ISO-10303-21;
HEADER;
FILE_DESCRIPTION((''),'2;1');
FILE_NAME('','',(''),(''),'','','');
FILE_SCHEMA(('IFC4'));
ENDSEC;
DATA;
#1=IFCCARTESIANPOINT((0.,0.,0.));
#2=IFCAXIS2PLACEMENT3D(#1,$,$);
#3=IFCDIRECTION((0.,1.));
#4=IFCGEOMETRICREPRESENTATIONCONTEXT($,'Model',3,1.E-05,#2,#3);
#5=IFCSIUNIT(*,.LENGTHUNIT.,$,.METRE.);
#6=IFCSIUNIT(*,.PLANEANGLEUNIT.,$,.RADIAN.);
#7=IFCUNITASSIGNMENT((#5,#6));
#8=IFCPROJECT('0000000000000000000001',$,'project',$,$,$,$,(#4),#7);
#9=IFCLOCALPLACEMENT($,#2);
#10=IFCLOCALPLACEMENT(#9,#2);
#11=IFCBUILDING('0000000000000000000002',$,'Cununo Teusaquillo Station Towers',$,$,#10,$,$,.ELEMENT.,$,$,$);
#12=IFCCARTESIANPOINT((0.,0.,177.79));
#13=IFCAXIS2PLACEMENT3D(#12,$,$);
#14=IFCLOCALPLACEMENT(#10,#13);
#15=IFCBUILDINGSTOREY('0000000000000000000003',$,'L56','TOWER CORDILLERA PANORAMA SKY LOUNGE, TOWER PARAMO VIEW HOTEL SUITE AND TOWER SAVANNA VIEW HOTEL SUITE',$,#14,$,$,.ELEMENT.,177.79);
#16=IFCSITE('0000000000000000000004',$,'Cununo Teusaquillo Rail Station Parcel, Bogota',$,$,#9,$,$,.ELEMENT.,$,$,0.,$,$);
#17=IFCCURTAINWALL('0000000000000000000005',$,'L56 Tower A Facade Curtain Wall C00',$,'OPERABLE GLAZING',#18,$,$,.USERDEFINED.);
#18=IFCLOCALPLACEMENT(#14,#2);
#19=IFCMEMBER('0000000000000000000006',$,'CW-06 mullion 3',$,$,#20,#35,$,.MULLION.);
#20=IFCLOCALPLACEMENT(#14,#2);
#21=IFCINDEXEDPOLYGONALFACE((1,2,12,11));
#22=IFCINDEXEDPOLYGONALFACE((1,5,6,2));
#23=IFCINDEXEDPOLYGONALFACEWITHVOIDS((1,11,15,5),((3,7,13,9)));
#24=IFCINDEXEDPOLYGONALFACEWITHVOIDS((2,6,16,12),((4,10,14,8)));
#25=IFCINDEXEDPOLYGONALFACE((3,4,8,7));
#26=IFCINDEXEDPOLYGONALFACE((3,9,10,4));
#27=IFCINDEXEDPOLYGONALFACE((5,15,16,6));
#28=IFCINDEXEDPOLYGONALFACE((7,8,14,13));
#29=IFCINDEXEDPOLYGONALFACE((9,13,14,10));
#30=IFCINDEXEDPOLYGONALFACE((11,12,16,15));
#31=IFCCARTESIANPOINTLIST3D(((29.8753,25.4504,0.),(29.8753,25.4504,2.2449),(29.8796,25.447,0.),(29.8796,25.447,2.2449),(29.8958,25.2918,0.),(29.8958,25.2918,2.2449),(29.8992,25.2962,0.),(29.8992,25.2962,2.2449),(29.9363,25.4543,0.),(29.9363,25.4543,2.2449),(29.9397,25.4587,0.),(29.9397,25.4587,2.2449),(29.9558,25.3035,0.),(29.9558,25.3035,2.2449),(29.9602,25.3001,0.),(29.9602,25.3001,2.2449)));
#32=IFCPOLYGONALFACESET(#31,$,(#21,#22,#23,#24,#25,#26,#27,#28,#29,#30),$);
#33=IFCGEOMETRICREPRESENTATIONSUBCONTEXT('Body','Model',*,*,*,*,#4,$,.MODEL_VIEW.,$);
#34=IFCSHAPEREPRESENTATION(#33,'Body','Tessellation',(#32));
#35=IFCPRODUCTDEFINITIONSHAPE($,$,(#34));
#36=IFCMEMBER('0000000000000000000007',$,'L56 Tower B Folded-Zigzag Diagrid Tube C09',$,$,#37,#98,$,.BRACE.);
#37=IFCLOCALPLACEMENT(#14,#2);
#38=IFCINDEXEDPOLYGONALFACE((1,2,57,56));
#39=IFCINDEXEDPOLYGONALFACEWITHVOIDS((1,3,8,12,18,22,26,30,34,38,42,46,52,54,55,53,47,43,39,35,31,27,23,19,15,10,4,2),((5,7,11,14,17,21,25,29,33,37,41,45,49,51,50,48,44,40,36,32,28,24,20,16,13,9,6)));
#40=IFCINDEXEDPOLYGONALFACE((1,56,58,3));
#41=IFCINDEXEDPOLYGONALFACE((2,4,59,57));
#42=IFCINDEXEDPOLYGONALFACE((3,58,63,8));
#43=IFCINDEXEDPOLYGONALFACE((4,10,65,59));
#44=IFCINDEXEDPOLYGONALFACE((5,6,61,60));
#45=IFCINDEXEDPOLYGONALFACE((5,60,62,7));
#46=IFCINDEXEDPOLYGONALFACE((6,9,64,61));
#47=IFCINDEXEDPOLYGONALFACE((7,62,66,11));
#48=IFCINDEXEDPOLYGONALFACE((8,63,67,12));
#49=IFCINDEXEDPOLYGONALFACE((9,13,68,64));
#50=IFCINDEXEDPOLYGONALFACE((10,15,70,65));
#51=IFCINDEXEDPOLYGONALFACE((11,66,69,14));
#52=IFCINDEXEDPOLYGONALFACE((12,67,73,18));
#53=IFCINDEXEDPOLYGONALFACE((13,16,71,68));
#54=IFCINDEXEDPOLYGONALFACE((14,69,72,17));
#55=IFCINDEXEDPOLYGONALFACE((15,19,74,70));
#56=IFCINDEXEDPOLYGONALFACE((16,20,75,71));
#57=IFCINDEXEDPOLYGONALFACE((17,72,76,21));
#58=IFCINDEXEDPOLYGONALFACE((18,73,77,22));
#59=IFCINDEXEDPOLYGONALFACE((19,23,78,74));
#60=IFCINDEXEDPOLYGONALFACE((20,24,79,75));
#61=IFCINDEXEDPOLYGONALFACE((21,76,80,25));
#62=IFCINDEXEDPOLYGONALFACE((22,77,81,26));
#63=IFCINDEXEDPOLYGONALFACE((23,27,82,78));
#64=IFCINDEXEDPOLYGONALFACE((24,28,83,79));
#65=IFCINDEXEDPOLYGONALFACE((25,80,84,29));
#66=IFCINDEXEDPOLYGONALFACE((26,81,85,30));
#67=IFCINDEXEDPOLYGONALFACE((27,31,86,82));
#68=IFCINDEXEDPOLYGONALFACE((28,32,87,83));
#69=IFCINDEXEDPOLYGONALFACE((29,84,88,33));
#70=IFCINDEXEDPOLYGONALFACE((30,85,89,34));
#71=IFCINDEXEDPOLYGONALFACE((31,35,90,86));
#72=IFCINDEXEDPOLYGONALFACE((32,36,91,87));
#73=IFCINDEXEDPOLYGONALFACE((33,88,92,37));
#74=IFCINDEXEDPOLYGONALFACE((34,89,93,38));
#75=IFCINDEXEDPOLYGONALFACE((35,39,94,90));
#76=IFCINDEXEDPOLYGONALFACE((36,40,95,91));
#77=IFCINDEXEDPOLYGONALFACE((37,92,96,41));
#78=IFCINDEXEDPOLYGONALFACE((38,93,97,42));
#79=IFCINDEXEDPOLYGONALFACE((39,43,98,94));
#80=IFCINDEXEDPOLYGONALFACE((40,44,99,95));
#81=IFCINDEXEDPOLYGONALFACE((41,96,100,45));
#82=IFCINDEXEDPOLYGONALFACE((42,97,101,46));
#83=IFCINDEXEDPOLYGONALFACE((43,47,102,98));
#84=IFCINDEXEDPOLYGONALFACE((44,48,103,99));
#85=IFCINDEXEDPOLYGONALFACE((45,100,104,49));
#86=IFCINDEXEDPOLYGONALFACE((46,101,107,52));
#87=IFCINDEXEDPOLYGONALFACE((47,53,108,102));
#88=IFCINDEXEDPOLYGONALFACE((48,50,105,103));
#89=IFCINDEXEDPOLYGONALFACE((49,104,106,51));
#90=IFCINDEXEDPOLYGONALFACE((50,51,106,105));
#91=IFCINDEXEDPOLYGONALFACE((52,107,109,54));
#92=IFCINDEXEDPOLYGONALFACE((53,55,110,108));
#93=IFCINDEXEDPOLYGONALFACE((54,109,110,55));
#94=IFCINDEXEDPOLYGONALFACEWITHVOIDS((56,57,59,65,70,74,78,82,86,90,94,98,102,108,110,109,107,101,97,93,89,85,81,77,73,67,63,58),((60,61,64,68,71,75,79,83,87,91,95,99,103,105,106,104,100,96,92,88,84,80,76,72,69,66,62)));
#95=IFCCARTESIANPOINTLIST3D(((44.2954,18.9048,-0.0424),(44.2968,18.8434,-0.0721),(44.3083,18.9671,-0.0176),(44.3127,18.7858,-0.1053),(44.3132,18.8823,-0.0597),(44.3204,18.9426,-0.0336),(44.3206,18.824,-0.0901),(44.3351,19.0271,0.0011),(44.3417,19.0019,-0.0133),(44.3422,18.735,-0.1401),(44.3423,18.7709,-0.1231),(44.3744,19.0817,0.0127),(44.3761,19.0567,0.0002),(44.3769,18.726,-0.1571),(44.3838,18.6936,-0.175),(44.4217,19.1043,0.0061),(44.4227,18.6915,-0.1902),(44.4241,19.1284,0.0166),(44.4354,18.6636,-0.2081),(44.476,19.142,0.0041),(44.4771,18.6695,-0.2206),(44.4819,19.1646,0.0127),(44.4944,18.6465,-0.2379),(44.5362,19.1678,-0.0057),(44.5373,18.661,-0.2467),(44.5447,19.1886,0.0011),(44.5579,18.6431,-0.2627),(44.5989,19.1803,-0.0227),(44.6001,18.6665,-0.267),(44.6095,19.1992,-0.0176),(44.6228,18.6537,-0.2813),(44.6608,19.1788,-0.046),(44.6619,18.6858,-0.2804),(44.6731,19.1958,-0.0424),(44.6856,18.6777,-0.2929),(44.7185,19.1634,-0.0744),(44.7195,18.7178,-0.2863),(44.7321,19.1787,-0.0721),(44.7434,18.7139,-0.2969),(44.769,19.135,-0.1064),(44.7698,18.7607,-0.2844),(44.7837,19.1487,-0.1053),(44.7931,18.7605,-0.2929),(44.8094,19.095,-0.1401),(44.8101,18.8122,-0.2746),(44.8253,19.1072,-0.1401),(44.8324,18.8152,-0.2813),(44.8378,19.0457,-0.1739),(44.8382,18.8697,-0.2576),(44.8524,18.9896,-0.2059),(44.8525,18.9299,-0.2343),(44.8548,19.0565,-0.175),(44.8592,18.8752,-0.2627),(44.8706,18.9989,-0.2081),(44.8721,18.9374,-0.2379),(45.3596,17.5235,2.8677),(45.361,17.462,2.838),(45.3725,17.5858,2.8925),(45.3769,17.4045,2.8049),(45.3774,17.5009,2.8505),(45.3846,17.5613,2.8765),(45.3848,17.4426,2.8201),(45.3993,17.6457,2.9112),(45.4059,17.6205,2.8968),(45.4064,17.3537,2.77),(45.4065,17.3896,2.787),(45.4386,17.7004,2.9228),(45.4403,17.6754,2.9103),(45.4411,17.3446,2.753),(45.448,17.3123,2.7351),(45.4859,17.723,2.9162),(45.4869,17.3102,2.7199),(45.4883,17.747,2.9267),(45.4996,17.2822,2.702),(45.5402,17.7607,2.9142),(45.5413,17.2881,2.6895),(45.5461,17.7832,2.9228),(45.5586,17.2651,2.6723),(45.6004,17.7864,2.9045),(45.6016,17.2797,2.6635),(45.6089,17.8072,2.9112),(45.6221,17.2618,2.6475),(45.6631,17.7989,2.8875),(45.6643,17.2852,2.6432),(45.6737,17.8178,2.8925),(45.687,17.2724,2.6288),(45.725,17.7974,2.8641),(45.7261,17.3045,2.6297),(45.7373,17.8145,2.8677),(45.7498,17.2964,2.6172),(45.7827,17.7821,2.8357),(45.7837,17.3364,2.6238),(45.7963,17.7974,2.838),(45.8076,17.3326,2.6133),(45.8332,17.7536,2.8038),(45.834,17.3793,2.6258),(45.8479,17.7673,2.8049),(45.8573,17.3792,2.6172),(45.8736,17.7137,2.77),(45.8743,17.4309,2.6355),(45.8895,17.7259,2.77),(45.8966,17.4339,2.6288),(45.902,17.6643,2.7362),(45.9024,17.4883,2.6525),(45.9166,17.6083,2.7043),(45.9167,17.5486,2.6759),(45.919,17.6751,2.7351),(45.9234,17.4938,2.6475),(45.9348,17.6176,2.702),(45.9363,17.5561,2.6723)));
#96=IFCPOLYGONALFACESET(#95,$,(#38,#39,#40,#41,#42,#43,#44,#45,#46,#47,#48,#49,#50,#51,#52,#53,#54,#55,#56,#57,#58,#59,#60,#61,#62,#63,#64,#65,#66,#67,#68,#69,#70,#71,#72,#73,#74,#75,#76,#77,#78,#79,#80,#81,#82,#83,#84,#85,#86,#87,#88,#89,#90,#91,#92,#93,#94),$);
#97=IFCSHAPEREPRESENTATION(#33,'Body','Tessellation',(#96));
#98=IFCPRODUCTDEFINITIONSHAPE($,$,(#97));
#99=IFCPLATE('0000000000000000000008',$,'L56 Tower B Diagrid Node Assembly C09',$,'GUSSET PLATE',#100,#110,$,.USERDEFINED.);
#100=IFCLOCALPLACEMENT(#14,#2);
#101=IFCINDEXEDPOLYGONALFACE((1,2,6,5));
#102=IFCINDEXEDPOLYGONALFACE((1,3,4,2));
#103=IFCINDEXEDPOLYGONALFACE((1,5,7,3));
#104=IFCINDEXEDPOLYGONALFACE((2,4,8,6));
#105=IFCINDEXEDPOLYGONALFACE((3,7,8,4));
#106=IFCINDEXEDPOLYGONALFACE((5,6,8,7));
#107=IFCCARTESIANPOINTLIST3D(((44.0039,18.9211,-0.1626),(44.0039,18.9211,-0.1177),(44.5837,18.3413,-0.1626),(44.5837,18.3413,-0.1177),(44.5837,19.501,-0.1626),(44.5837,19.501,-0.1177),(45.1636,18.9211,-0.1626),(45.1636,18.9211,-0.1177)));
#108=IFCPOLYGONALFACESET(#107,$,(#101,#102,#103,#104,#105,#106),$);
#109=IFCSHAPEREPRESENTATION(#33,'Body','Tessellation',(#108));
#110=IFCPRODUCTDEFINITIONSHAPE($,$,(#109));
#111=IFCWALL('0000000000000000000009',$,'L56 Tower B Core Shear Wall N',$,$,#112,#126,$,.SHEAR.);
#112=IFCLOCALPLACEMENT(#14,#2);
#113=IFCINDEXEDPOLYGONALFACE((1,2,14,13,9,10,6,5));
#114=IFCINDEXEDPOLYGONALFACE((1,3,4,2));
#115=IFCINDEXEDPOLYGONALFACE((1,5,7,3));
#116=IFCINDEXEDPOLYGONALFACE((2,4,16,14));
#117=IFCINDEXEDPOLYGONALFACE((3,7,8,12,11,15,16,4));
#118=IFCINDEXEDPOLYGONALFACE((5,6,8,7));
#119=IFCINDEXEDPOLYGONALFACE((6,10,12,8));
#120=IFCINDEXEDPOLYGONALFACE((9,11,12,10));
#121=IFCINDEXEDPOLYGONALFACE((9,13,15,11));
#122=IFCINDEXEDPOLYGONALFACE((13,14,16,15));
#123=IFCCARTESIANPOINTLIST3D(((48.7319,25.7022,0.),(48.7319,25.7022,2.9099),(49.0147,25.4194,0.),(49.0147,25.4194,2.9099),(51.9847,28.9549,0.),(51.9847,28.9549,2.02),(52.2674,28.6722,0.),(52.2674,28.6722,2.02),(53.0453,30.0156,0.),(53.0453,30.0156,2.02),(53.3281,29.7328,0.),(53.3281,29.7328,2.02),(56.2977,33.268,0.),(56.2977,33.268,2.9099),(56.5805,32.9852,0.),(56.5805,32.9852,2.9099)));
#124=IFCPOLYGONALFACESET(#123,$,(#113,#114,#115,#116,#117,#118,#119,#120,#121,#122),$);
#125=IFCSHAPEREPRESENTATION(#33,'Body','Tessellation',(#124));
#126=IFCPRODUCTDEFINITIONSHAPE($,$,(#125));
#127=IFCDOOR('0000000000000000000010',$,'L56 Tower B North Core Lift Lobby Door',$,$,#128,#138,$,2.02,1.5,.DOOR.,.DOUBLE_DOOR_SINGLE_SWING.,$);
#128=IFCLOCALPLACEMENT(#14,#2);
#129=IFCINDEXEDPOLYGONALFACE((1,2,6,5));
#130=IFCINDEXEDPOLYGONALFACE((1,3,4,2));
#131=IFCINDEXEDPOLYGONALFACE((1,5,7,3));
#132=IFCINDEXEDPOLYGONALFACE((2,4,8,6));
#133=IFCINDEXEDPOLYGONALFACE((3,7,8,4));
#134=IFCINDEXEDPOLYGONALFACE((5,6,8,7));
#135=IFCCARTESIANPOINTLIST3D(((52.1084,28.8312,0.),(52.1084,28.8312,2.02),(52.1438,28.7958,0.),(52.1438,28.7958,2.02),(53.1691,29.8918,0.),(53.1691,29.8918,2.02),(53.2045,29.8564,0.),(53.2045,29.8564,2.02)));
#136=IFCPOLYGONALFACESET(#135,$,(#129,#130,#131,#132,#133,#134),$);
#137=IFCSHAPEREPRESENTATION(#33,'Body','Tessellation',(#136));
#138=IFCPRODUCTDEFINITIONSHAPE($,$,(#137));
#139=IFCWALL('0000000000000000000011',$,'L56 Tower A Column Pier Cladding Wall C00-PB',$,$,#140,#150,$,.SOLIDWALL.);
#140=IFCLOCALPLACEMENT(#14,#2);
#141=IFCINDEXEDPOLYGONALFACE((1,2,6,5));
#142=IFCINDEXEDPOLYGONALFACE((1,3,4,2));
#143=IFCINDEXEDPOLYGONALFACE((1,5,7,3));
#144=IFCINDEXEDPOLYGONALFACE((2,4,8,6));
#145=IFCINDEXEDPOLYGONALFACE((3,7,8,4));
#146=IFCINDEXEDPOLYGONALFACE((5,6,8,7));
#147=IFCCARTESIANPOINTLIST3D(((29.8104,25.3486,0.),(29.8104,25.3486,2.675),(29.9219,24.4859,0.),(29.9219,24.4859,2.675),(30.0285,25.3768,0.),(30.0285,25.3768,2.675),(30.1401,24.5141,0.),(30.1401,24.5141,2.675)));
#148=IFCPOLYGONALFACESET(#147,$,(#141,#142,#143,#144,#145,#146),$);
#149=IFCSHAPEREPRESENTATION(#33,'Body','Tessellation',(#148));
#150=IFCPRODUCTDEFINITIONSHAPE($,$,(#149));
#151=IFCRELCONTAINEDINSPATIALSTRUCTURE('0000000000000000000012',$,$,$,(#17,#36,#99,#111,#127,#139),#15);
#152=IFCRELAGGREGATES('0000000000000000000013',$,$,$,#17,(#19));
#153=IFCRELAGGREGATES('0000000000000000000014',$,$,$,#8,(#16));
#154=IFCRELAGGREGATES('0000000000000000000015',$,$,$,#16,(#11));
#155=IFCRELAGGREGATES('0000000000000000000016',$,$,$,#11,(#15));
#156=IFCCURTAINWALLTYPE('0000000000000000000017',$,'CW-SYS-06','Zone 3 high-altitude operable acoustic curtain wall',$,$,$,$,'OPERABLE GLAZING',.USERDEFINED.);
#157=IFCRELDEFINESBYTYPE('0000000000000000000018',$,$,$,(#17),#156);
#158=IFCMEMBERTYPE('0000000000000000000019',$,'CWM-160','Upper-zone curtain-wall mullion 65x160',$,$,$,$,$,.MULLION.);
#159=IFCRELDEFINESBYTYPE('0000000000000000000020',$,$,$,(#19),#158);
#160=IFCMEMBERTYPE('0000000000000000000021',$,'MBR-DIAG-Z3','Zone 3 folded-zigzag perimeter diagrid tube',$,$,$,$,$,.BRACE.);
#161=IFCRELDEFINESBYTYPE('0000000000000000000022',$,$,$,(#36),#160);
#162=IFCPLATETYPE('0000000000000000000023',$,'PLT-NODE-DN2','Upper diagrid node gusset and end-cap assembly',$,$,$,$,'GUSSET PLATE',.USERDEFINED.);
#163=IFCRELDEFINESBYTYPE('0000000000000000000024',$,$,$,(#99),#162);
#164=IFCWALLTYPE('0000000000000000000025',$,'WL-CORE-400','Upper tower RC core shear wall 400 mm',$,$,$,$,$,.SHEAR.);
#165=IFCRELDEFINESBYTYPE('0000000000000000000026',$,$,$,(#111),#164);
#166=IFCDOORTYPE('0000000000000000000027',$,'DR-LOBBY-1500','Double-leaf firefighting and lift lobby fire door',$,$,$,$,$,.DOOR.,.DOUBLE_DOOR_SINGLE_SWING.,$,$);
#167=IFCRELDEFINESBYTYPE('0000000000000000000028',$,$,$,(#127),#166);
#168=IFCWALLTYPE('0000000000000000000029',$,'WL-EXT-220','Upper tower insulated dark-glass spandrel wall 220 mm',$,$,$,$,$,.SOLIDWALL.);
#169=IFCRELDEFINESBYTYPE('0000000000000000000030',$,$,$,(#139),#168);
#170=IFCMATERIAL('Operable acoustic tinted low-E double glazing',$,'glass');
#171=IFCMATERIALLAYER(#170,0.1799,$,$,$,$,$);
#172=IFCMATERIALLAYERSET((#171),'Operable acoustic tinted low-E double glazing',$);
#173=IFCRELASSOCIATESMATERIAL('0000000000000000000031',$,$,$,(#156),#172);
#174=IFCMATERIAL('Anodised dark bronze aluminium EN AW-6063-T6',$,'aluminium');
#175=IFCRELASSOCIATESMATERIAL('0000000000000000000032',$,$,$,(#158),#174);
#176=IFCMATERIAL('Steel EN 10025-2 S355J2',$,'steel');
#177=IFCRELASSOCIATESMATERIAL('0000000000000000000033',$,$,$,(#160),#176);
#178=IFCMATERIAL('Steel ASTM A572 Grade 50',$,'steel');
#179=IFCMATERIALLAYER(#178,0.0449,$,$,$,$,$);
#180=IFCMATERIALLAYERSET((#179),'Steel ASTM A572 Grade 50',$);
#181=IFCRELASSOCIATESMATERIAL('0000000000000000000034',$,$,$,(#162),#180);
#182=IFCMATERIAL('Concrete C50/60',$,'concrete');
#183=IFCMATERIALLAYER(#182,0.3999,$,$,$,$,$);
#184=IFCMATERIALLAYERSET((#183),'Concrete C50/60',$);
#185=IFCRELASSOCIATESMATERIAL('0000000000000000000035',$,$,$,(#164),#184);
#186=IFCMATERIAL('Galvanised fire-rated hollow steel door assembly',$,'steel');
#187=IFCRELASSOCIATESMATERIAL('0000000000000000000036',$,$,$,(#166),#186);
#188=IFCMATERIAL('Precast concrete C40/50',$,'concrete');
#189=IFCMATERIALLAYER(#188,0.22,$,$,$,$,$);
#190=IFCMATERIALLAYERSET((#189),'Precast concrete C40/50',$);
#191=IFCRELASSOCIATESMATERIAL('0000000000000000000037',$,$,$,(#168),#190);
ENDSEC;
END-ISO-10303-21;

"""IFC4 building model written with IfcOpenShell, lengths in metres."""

from ifc_helpers import new_model, si_unit, direction, frame, frame_2d, origin, origin_2d, place, context, subcontext, project, spatial, rectangle, hollow_rectangle, hollow_circle, extrude, source, transform, mapped, material, layer, layer_set, material_profile, profile_set, type_object, element, fill, aggregate, save


model = new_model("IFC4")

# Units and contexts
model_context = context("Model", 3, precision=1e-05, world=origin(), true_north=direction((0.0, 1.0)))
body_context = subcontext(model_context, "Body", "Model", "MODEL_VIEW")
ifc_project = project(units=[si_unit("LENGTHUNIT", "METRE"), si_unit("PLANEANGLEUNIT", "RADIAN")], contexts=[model_context])

# Site, building, storey
site_placement = place(None, origin())
site = spatial("IfcSite", under=ifc_project, at=site_placement, Name="Cununo Teusaquillo Rail Station Parcel, Bogota", CompositionType="ELEMENT", RefElevation=0.0)
building_placement = place(site_placement, origin())
building = spatial("IfcBuilding", under=site, at=building_placement, Name="Cununo Teusaquillo Station Towers", CompositionType="ELEMENT")
storey_placement = place(building_placement, frame((0.0, 0.0, 177.79)))
storey = spatial("IfcBuildingStorey", under=building, at=storey_placement, Name="L56", Description="TOWER CORDILLERA PANORAMA SKY LOUNGE, TOWER PARAMO VIEW HOTEL SUITE AND TOWER SAVANNA VIEW HOTEL SUITE", CompositionType="ELEMENT", Elevation=177.79)

# Curtain wall, member
ifc_material_1 = material(Name="Operable acoustic tinted low-E double glazing", Category="glass")
ifc_layer_1 = layer(ifc_material_1, 0.1799)
ifc_layer_set_1 = layer_set([ifc_layer_1], Name="Operable acoustic tinted low-E double glazing")
curtain_wall_type = type_object("IfcCurtainWallType", Name="CW-SYS-06", Description="Zone 3 high-altitude operable acoustic curtain wall", ElementType="OPERABLE GLAZING", PredefinedType="USERDEFINED", material=ifc_layer_set_1)
curtain_wall_placement = place(storey_placement, origin())
curtain_wall = element("IfcCurtainWall", 1, at=curtain_wall_placement, inside=storey, type_object=curtain_wall_type, Name="L56 Tower A Facade Curtain Wall C00", ObjectType="OPERABLE GLAZING", PredefinedType="USERDEFINED")
ifc_material_2 = material(Name="Anodised dark bronze aluminium EN AW-6063-T6", Category="aluminium")
ifc_material_profile_1 = material_profile(ifc_material_2, hollow_rectangle(XDim=0.0649, YDim=0.1599, WallThickness=0.0039, at=origin_2d()), Name="CW-MULL-65x160")
ifc_profile_set_1 = profile_set([ifc_material_profile_1], Name="Anodised dark bronze aluminium EN AW-6063-T6")
member_type_1 = type_object("IfcMemberType", Name="CWM-160", Description="Upper-zone curtain-wall mullion 65x160", PredefinedType="MULLION", material=ifc_profile_set_1)
member_1_placement = place(storey_placement, frame((29.9177, 25.3752, 0.0), z_axis=(0.0, 0.0, 1.0), x_axis=(0.991737, 0.128285, 0.0)))
member_1 = element("IfcMember", 2, at=member_1_placement, type_object=member_type_1, Name="CW-06 mullion 3", PredefinedType="MULLION", context=body_context, shape_type="SweptSolid", body=[
    extrude(hollow_rectangle(XDim=0.0649, YDim=0.1599, WallThickness=0.0039, at=origin_2d()), origin(), (0.0, 0.0, 1.0), 2.2449),
])
aggregate(curtain_wall, [member_1])

# Member
ifc_material_3 = material(Name="Steel EN 10025-2 S355J2", Category="steel")
ifc_material_profile_2 = material_profile(ifc_material_3, hollow_circle(Radius=0.3049, WallThickness=0.02, at=origin_2d()), Name="CHS 610x20")
ifc_profile_set_2 = profile_set([ifc_material_profile_2], Name="Steel EN 10025-2 S355J2")
member_type_2 = type_object("IfcMemberType", Name="MBR-DIAG-Z3", Description="Zone 3 folded-zigzag perimeter diagrid tube", PredefinedType="BRACE", material=ifc_profile_set_2)
member_2_placement = place(storey_placement, frame((44.5837, 18.9211, -0.1401), z_axis=(0.313686, -0.407166, 0.857798), x_axis=(0.792171, 0.610299, 0.0)))
element("IfcMember", 3, at=member_2_placement, inside=storey, type_object=member_type_2, Name="L56 Tower B Folded-Zigzag Diagrid Tube C09", PredefinedType="BRACE", context=body_context, shape_type="SweptSolid", body=[
    extrude(hollow_circle(Radius=0.3049, WallThickness=0.02, at=origin_2d()), origin(), (0.0, 0.0, 1.0), 3.3926),
])

# Plate
ifc_material_4 = material(Name="Steel ASTM A572 Grade 50", Category="steel")
ifc_layer_2 = layer(ifc_material_4, 0.0449)
ifc_layer_set_2 = layer_set([ifc_layer_2], Name="Steel ASTM A572 Grade 50")
plate_type = type_object("IfcPlateType", Name="PLT-NODE-DN2", Description="Upper diagrid node gusset and end-cap assembly", ElementType="GUSSET PLATE", PredefinedType="USERDEFINED", material=ifc_layer_set_2)
shared_shape_1 = source(origin(), body_context, "Body", "SweptSolid", [
    extrude(rectangle(XDim=0.8201, YDim=0.8201, at=origin_2d()), origin(), (0.0, 0.0, 1.0), 0.0449),
])
plate_placement = place(storey_placement, frame((44.5837, 18.9211, -0.1626), z_axis=(0.0, 0.0, 1.0), x_axis=(0.707107, 0.707107, 0.0)))
element("IfcPlate", 4, at=plate_placement, inside=storey, type_object=plate_type, Name="L56 Tower B Diagrid Node Assembly C09", ObjectType="GUSSET PLATE", PredefinedType="USERDEFINED", context=body_context, shape_type="MappedRepresentation", body=[
    mapped(shared_shape_1, transform((0.0, 0.0, 0.0), x_axis=(1.0, 0.0, 0.0), y_axis=(0.0, 1.0, 0.0), z_axis=(0.0, 0.0, 1.0), scale=1.0)),
])

# Wall, opening, door
ifc_material_5 = material(Name="Concrete C50/60", Category="concrete")
ifc_layer_3 = layer(ifc_material_5, 0.3999)
ifc_layer_set_3 = layer_set([ifc_layer_3], Name="Concrete C50/60")
wall_type_1 = type_object("IfcWallType", Name="WL-CORE-400", Description="Upper tower RC core shear wall 400 mm", PredefinedType="SHEAR", material=ifc_layer_set_3)
wall_1_placement = place(storey_placement, frame((48.8733, 25.5608, 0.0), z_axis=(0.0, 0.0, 1.0), x_axis=(0.707107, 0.707107, 0.0)))
wall_1 = element("IfcWall", 5, at=wall_1_placement, inside=storey, type_object=wall_type_1, Name="L56 Tower B Core Shear Wall N", PredefinedType="SHEAR", context=body_context, shape_type="SweptSolid", body=[
    extrude(rectangle(XDim=10.6997, YDim=0.3999, at=frame_2d((5.3499, 0.0))), origin(), (0.0, 0.0, 1.0), 2.9099),
])
shared_shape_2 = source(origin(), body_context, "Body", "SweptSolid", [
    extrude(rectangle(XDim=1.5, YDim=2.02, at=frame_2d((0.75, 1.01))), frame((0.0, 0.21, 0.0), z_axis=(0.0, -1.0, 0.0), x_axis=(1.0, 0.0, 0.0)), (0.0, 0.0, 1.0), 0.4199),
])
opening_1_placement = place(wall_1_placement, frame((4.6001, 0.0, 0.0)))
opening_1 = element("IfcOpeningElement", 6, at=opening_1_placement, cuts=wall_1, PredefinedType="OPENING", context=body_context, shape_type="MappedRepresentation", body=[
    mapped(shared_shape_2, transform((0.0, 0.0, 0.0), x_axis=(1.0, 0.0, 0.0), y_axis=(0.0, 1.0, 0.0), z_axis=(0.0, 0.0, 1.0), scale=1.0)),
])
ifc_material_6 = material(Name="Galvanised fire-rated hollow steel door assembly", Category="steel")
door_type_1 = type_object("IfcDoorType", Name="DR-LOBBY-1500", Description="Double-leaf firefighting and lift lobby fire door", OperationType="DOUBLE_DOOR_SINGLE_SWING", PredefinedType="DOOR", material=ifc_material_6)
shared_shape_3 = source(origin(), body_context, "Body", "SweptSolid", [
    extrude(rectangle(XDim=1.5, YDim=2.02, at=frame_2d((0.75, 1.01))), frame((0.0, 0.0249, 0.0), z_axis=(0.0, -1.0, 0.0), x_axis=(1.0, 0.0, 0.0)), (0.0, 0.0, 1.0), 0.05),
])
door_1_placement = place(opening_1_placement, origin())
door_1 = element("IfcDoor", 7, at=door_1_placement, inside=storey, type_object=door_type_1, Name="L56 Tower B North Core Lift Lobby Door", OperationType="DOUBLE_DOOR_SINGLE_SWING", OverallHeight=2.02, OverallWidth=1.5, PredefinedType="DOOR", context=body_context, shape_type="MappedRepresentation", body=[
    mapped(shared_shape_3, transform((0.0, 0.0, 0.0), x_axis=(1.0, 0.0, 0.0), y_axis=(0.0, 1.0, 0.0), z_axis=(0.0, 0.0, 1.0), scale=1.0)),
])
fill(opening_1, door_1)

# Wall
ifc_material_7 = material(Name="Precast concrete C40/50", Category="concrete")
ifc_layer_4 = layer(ifc_material_7, 0.22)
ifc_layer_set_4 = layer_set([ifc_layer_4], Name="Precast concrete C40/50")
wall_type_2 = type_object("IfcWallType", Name="WL-EXT-220", Description="Upper tower insulated dark-glass spandrel wall 220 mm", PredefinedType="SOLIDWALL", material=ifc_layer_set_4)
wall_2_placement = place(storey_placement, frame((29.9194, 25.3628, 0.0), z_axis=(0.0, 0.0, 1.0), x_axis=(0.128247, -0.991742, 0.0)))
element("IfcWall", 8, at=wall_2_placement, inside=storey, type_object=wall_type_2, Name="L56 Tower A Column Pier Cladding Wall C00-PB", PredefinedType="SOLIDWALL", context=body_context, shape_type="SweptSolid", body=[
    extrude(rectangle(XDim=0.8699, YDim=0.22, at=frame_2d((0.4351, 0.0))), origin(), (0.0, 0.0, 1.0), 2.675),
])

save(model, "model.ifc")
